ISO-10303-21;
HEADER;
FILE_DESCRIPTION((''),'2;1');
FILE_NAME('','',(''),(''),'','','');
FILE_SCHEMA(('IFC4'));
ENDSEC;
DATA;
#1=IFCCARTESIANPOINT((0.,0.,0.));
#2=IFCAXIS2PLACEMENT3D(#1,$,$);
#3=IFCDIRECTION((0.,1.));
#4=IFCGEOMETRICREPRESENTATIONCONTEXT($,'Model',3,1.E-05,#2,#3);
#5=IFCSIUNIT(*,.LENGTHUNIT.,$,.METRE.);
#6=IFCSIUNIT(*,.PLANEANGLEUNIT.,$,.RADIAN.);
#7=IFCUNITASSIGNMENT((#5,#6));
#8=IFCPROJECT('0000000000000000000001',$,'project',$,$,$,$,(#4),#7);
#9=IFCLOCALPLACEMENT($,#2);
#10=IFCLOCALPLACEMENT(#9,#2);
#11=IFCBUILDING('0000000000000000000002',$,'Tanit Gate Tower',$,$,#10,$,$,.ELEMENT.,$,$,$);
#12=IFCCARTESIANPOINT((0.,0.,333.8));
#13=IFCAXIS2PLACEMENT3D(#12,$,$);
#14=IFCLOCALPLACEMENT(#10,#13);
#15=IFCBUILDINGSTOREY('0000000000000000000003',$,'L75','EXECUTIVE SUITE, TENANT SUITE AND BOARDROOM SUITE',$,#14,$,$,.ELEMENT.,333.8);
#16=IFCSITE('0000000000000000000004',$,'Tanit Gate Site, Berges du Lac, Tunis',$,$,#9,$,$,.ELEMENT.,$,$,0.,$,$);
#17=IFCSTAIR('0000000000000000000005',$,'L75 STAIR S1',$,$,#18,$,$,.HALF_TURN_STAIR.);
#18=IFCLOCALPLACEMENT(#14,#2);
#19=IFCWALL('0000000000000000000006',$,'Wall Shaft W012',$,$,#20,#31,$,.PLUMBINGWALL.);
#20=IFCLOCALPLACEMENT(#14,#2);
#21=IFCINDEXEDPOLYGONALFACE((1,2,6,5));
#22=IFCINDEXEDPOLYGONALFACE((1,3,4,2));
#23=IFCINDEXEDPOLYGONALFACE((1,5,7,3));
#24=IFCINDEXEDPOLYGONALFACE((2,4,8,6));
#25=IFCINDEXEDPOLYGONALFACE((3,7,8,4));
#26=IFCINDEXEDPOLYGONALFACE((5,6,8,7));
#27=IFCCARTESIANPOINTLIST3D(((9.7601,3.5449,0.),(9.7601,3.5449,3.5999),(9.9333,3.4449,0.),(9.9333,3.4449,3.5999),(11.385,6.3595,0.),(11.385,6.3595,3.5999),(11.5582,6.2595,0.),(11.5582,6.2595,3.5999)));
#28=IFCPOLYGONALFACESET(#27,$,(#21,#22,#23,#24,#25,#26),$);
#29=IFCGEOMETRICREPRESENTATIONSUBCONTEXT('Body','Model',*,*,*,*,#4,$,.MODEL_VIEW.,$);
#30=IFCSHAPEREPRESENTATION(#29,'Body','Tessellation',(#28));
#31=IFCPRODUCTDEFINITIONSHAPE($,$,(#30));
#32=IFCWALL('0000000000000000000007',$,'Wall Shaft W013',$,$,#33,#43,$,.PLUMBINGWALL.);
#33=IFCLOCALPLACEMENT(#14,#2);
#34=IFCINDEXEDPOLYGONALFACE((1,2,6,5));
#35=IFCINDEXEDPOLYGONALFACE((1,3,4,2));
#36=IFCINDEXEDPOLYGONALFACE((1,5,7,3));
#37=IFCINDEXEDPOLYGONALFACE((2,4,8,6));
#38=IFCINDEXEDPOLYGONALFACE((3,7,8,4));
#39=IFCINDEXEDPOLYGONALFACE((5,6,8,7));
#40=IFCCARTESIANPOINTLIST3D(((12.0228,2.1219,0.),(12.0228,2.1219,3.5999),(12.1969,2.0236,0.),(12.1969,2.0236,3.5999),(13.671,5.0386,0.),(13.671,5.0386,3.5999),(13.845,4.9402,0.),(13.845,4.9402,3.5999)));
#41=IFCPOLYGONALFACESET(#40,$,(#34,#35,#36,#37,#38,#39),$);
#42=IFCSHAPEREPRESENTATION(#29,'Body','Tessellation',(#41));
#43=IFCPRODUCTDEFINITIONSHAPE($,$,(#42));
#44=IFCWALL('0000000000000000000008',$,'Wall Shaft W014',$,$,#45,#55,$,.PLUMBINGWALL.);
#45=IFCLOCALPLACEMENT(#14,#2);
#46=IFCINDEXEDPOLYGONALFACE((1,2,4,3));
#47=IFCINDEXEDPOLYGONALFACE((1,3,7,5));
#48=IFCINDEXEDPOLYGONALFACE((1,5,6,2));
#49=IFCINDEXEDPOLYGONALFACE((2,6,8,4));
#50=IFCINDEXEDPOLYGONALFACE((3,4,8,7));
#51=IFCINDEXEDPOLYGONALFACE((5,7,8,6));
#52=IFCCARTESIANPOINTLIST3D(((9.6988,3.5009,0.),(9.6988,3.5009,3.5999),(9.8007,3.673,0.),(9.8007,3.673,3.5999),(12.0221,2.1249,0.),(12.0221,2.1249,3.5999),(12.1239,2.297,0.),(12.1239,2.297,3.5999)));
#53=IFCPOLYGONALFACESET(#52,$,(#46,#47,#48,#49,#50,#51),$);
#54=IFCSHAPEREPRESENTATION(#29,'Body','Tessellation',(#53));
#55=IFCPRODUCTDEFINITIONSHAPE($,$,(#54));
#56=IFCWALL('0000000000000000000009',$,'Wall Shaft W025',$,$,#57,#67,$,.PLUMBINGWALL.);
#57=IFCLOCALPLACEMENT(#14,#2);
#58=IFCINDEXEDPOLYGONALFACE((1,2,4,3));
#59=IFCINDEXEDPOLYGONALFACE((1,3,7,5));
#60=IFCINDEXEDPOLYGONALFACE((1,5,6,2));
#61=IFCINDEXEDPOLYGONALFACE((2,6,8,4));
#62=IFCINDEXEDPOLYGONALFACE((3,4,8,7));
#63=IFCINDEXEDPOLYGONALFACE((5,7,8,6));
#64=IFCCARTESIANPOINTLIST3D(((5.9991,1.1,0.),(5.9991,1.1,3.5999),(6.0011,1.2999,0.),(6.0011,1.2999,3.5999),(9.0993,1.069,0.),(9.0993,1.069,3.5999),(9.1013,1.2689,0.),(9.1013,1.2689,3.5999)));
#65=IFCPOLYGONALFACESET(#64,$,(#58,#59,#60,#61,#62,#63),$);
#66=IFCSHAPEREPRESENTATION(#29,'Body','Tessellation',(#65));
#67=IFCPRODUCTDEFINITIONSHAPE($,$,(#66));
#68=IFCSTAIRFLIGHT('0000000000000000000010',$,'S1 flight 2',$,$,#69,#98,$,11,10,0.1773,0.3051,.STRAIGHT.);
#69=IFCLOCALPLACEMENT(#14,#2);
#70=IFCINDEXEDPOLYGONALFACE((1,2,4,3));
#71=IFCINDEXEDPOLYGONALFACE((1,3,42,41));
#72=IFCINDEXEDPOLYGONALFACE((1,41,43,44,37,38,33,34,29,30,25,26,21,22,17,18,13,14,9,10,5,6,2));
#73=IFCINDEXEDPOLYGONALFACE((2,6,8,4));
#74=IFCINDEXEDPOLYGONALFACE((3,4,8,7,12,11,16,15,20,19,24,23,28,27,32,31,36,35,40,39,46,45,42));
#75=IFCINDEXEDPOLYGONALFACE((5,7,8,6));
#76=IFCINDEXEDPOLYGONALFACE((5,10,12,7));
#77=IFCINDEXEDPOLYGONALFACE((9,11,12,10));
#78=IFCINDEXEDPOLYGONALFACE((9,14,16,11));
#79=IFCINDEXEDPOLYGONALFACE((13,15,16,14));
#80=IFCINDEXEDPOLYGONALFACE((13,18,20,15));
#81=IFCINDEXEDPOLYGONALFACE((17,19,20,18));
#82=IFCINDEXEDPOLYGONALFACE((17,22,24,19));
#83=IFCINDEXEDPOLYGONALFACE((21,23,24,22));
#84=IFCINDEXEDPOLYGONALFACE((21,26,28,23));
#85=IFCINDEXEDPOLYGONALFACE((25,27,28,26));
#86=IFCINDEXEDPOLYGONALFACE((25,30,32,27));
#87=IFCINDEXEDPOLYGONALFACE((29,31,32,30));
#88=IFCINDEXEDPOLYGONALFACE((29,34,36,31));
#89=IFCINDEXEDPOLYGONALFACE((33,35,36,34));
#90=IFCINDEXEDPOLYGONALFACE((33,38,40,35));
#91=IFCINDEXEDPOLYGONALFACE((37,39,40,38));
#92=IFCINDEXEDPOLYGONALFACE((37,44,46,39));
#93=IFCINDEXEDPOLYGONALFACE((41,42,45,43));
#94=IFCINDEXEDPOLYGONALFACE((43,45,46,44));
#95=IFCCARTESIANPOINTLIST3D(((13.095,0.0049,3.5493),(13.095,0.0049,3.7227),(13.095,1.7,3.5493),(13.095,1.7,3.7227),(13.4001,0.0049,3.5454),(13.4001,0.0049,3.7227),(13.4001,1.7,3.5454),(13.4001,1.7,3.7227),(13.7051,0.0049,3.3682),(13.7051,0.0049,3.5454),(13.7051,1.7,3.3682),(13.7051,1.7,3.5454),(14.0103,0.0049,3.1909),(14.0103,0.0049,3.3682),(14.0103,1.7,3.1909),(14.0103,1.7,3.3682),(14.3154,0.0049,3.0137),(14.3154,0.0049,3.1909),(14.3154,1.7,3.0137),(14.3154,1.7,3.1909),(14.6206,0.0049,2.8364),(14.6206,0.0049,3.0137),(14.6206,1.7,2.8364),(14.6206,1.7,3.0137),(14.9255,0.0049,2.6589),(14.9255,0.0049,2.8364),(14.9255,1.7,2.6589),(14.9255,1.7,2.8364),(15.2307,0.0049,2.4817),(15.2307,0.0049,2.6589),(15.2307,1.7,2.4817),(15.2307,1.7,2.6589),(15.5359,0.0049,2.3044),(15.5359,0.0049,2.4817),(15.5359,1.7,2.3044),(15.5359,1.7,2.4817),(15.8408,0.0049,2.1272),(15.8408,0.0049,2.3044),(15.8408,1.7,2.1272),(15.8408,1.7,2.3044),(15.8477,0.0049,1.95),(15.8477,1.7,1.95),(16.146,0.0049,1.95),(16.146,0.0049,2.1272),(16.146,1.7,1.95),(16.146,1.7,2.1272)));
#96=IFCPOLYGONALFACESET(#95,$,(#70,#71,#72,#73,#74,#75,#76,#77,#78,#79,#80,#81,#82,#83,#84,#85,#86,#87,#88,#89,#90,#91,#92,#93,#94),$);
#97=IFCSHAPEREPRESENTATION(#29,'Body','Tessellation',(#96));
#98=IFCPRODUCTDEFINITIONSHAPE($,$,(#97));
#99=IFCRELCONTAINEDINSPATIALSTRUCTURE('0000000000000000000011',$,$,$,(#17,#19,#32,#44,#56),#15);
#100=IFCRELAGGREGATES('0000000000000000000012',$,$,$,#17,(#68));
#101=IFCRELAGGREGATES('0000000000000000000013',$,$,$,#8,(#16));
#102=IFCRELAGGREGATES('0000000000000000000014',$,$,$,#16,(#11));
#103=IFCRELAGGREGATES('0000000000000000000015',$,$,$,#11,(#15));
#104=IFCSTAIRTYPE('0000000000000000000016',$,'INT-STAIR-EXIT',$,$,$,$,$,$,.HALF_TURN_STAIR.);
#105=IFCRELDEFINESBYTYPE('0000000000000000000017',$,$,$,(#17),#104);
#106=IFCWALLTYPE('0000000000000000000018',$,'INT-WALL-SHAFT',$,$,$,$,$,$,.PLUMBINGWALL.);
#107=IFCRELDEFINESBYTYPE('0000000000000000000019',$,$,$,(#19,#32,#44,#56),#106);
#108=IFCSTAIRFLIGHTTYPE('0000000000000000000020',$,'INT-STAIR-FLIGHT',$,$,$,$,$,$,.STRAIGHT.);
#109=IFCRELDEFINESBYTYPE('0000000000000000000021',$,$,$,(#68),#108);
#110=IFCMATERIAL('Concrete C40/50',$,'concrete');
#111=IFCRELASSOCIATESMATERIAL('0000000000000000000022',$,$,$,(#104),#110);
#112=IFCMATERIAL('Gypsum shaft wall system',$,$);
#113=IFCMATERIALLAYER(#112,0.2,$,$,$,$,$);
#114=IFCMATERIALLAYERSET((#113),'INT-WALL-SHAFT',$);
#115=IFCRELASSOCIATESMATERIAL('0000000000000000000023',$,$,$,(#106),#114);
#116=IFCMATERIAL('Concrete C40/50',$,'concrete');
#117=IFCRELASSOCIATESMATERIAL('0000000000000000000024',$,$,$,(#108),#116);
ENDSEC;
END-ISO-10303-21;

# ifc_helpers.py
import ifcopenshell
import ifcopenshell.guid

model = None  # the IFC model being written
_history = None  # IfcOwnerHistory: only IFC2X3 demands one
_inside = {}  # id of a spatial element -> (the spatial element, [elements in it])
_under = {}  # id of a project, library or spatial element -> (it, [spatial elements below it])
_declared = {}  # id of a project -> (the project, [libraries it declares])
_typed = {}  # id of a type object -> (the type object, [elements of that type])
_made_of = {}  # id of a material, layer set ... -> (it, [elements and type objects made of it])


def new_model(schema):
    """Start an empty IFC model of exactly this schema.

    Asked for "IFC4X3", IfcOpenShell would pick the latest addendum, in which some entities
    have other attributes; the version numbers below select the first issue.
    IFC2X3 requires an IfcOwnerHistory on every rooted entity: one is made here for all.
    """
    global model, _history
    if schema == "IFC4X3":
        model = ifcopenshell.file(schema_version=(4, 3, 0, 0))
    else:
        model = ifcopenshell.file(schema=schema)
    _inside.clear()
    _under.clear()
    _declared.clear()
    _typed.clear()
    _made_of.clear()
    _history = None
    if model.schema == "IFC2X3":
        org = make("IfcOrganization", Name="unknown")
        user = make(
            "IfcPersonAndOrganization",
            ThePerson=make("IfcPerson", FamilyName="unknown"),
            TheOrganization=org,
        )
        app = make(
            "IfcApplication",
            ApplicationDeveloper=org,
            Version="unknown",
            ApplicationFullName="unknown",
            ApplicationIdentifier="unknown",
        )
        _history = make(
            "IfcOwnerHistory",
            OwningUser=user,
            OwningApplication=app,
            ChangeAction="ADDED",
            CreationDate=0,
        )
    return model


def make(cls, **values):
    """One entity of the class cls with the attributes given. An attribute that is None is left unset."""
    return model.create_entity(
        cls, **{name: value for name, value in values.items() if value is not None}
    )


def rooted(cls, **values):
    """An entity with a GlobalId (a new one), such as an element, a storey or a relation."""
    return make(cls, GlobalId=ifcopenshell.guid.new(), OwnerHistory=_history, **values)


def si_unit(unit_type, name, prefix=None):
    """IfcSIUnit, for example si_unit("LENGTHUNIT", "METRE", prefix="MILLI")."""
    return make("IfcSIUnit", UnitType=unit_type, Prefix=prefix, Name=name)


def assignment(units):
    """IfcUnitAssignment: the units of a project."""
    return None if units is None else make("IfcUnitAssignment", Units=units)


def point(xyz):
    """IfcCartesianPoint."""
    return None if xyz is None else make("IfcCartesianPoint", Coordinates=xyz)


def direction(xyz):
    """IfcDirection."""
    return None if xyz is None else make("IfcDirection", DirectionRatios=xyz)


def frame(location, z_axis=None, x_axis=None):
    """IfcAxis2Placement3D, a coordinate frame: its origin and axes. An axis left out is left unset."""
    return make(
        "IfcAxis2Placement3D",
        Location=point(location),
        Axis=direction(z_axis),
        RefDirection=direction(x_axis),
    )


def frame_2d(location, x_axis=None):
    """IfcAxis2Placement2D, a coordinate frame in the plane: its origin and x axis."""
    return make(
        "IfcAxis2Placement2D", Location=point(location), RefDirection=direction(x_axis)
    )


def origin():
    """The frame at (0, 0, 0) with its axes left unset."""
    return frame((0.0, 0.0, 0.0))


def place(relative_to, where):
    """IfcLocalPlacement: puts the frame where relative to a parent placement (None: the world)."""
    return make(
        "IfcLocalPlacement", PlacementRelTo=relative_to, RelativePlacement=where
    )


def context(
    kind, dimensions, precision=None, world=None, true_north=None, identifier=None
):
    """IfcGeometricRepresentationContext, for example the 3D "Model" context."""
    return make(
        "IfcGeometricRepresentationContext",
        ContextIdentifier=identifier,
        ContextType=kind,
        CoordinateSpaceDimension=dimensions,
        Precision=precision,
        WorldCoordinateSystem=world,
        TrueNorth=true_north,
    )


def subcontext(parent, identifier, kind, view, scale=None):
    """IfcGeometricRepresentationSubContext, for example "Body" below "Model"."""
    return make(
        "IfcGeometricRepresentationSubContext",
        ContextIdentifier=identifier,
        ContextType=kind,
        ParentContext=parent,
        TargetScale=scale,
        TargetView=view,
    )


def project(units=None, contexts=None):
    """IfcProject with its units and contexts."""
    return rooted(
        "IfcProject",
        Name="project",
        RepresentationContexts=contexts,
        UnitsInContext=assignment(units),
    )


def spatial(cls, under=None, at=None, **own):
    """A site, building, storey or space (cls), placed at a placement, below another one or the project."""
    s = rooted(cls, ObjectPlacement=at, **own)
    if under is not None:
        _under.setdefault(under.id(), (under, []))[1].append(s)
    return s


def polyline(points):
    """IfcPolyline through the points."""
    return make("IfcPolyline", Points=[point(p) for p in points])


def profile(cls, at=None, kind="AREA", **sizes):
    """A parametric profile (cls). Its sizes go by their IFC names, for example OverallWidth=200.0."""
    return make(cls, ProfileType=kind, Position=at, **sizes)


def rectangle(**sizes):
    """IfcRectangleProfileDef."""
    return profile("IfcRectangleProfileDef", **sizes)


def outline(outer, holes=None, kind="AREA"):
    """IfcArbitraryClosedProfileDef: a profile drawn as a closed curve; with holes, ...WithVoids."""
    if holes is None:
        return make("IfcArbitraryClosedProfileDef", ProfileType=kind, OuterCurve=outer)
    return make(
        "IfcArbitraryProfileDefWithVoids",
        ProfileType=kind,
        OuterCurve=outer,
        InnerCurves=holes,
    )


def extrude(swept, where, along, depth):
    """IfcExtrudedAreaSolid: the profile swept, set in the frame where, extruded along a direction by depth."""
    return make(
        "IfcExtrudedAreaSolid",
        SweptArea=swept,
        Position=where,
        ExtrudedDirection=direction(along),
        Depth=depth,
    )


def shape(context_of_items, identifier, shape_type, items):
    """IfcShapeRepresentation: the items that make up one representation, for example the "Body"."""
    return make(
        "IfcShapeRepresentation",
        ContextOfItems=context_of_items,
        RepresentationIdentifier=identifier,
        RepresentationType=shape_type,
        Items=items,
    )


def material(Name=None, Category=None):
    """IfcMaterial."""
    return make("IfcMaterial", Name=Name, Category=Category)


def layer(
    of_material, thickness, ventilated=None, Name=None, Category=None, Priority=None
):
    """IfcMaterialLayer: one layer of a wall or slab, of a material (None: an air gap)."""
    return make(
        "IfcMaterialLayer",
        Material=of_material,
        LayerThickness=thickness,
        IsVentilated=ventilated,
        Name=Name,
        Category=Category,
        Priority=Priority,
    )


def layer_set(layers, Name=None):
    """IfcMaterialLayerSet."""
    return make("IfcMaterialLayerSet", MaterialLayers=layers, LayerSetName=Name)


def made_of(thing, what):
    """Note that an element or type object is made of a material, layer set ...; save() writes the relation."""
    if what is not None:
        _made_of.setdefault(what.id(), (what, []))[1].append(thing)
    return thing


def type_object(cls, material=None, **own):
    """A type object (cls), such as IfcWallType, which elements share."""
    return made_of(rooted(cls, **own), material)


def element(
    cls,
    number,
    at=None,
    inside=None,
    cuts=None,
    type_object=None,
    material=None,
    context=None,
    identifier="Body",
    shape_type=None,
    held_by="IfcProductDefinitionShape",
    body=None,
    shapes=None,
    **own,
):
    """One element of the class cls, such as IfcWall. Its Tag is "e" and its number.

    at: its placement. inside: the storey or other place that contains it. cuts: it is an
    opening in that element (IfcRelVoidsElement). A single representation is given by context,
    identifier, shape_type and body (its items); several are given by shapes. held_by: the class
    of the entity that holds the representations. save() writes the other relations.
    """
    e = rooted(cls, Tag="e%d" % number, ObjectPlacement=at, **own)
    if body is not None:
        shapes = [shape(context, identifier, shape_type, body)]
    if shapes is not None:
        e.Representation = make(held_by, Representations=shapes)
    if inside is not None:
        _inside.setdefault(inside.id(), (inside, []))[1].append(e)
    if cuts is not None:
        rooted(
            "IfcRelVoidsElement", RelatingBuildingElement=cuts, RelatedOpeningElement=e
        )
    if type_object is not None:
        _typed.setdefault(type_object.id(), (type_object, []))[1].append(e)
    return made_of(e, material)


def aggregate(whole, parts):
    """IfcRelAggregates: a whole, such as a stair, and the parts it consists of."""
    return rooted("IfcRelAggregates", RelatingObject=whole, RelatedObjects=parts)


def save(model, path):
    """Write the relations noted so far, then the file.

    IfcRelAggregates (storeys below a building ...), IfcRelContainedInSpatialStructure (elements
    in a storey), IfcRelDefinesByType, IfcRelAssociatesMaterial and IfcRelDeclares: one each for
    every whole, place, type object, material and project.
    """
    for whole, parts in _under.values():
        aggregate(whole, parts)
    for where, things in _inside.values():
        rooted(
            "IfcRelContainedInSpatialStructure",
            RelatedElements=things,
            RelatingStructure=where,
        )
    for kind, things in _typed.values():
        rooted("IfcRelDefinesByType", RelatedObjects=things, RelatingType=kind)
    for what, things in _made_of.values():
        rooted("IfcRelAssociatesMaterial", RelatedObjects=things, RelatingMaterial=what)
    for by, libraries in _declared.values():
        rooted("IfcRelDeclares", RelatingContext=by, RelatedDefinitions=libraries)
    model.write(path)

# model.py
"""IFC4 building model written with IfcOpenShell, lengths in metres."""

from ifc_helpers import new_model, si_unit, direction, frame, frame_2d, origin, place, context, subcontext, project, spatial, polyline, rectangle, outline, extrude, material, layer, layer_set, type_object, element, aggregate, save


model = new_model("IFC4")

# Units and contexts
model_context = context("Model", 3, precision=1e-05, world=origin(), true_north=direction((0.0, 1.0)))
body_context = subcontext(model_context, "Body", "Model", "MODEL_VIEW")
ifc_project = project(units=[si_unit("LENGTHUNIT", "METRE"), si_unit("PLANEANGLEUNIT", "RADIAN")], contexts=[model_context])

# Site, building, storey
site_placement = place(None, origin())
site = spatial("IfcSite", under=ifc_project, at=site_placement, Name="Tanit Gate Site, Berges du Lac, Tunis", CompositionType="ELEMENT", RefElevation=0.0)
building_placement = place(site_placement, origin())
building = spatial("IfcBuilding", under=site, at=building_placement, Name="Tanit Gate Tower", CompositionType="ELEMENT")
storey_placement = place(building_placement, frame((0.0, 0.0, 333.8)))
storey = spatial("IfcBuildingStorey", under=building, at=storey_placement, Name="L75", Description="EXECUTIVE SUITE, TENANT SUITE AND BOARDROOM SUITE", CompositionType="ELEMENT", Elevation=333.8)

# Stair
ifc_material_1 = material(Name="Concrete C40/50", Category="concrete")
stair_type = type_object("IfcStairType", Name="INT-STAIR-EXIT", PredefinedType="HALF_TURN_STAIR", material=ifc_material_1)
stair_1_placement = place(storey_placement, origin())
stair_1 = element("IfcStair", 1, at=stair_1_placement, inside=storey, type_object=stair_type, Name="L75 STAIR S1", PredefinedType="HALF_TURN_STAIR")

# Walls
ifc_material_2 = material(Name="Gypsum shaft wall system")
ifc_layer_1 = layer(ifc_material_2, 0.2)
ifc_layer_set_1 = layer_set([ifc_layer_1], Name="INT-WALL-SHAFT")
wall_type_1 = type_object("IfcWallType", Name="INT-WALL-SHAFT", PredefinedType="PLUMBINGWALL", material=ifc_layer_set_1)
wall_1_placement = place(storey_placement, frame((9.8467, 3.4949, 0.0), z_axis=(0.0, 0.0, 1.0), x_axis=(0.499985, 0.866034, 0.0)))
element("IfcWall", 2, at=wall_1_placement, inside=storey, type_object=wall_type_1, Name="Wall Shaft W012", PredefinedType="PLUMBINGWALL", context=body_context, shape_type="SweptSolid", body=[
    extrude(rectangle(XDim=3.25, YDim=0.2, at=frame_2d((1.625, 0.0))), origin(), (0.0, 0.0, 1.0), 3.5999),
])
wall_2_placement = place(storey_placement, frame((12.1099, 2.0728, 0.0), z_axis=(0.0, 0.0, 1.0), x_axis=(0.491966, 0.870614, 0.0)))
element("IfcWall", 3, at=wall_2_placement, inside=storey, type_object=wall_type_1, Name="Wall Shaft W013", PredefinedType="PLUMBINGWALL", context=body_context, shape_type="SweptSolid", body=[
    extrude(rectangle(XDim=3.3501, YDim=0.2, at=frame_2d((1.675, 0.0))), origin(), (0.0, 0.0, 1.0), 3.5999),
])
wall_3_placement = place(storey_placement, frame((12.073, 2.2109, 0.0), z_axis=(0.0, 0.0, 1.0), x_axis=(-0.860415, 0.509594, 0.0)))
element("IfcWall", 4, at=wall_3_placement, inside=storey, type_object=wall_type_1, Name="Wall Shaft W014", PredefinedType="PLUMBINGWALL", context=body_context, shape_type="SweptSolid", body=[
    extrude(rectangle(XDim=2.7002, YDim=0.2, at=frame_2d((1.3501, 0.0))), origin(), (0.0, 0.0, 1.0), 3.5999),
])

# Wall
wall_4_placement = place(storey_placement, frame((6.0, 1.2, 0.0), z_axis=(0.0, 0.0, 1.0), x_axis=(0.99995, -0.010001, 0.0)))
element("IfcWall", 5, at=wall_4_placement, inside=storey, type_object=wall_type_1, Name="Wall Shaft W025", PredefinedType="PLUMBINGWALL", context=body_context, shape_type="SweptSolid", body=[
    extrude(rectangle(XDim=3.1003, YDim=0.2, at=frame_2d((1.5503, 0.0))), origin(), (0.0, 0.0, 1.0), 3.5999),
])

# Stair flight
ifc_material_3 = material(Name="Concrete C40/50", Category="concrete")
stair_flight_type = type_object("IfcStairFlightType", Name="INT-STAIR-FLIGHT", PredefinedType="STRAIGHT", material=ifc_material_3)
stair_flight_placement = place(storey_placement, frame((16.146, 0.8525, 1.95), z_axis=(0.0, 0.0, 1.0), x_axis=(-1.0, 0.0, 0.0)))
stair_flight = element("IfcStairFlight", 6, at=stair_flight_placement, type_object=stair_flight_type, Name="S1 flight 2", NumberOfRisers=11, NumberOfTreads=10, PredefinedType="STRAIGHT", RiserHeight=0.1773, TreadLength=0.3051, context=body_context, shape_type="SweptSolid", body=[
    extrude(outline(polyline([(0.0, 0.0), (0.0, 0.1772), (0.3052, 0.1772), (0.3052, 0.3545), (0.6101, 0.3545), (0.6101, 0.5317), (0.9153, 0.5317), (0.9153, 0.709), (1.2205, 0.709), (1.2205, 0.8865), (1.5254, 0.8865), (1.5254, 1.0637), (1.8306, 1.0637), (1.8306, 1.241), (2.1357, 1.241), (2.1357, 1.4182), (2.4409, 1.4182), (2.4409, 1.5955), (2.7458, 1.5955), (2.7458, 1.7727), (3.051, 1.7727), (3.051, 1.95), (3.051, 1.5994), (0.2983, 0.0), (0.0, 0.0)])), frame((0.0, 0.8477, 0.0), z_axis=(0.0, -1.0, 0.0), x_axis=(1.0, 0.0, 0.0)), (0.0, 0.0, 1.0), 1.6951),
])
aggregate(stair_1, [stair_flight])

save(model, "model.ifc")
